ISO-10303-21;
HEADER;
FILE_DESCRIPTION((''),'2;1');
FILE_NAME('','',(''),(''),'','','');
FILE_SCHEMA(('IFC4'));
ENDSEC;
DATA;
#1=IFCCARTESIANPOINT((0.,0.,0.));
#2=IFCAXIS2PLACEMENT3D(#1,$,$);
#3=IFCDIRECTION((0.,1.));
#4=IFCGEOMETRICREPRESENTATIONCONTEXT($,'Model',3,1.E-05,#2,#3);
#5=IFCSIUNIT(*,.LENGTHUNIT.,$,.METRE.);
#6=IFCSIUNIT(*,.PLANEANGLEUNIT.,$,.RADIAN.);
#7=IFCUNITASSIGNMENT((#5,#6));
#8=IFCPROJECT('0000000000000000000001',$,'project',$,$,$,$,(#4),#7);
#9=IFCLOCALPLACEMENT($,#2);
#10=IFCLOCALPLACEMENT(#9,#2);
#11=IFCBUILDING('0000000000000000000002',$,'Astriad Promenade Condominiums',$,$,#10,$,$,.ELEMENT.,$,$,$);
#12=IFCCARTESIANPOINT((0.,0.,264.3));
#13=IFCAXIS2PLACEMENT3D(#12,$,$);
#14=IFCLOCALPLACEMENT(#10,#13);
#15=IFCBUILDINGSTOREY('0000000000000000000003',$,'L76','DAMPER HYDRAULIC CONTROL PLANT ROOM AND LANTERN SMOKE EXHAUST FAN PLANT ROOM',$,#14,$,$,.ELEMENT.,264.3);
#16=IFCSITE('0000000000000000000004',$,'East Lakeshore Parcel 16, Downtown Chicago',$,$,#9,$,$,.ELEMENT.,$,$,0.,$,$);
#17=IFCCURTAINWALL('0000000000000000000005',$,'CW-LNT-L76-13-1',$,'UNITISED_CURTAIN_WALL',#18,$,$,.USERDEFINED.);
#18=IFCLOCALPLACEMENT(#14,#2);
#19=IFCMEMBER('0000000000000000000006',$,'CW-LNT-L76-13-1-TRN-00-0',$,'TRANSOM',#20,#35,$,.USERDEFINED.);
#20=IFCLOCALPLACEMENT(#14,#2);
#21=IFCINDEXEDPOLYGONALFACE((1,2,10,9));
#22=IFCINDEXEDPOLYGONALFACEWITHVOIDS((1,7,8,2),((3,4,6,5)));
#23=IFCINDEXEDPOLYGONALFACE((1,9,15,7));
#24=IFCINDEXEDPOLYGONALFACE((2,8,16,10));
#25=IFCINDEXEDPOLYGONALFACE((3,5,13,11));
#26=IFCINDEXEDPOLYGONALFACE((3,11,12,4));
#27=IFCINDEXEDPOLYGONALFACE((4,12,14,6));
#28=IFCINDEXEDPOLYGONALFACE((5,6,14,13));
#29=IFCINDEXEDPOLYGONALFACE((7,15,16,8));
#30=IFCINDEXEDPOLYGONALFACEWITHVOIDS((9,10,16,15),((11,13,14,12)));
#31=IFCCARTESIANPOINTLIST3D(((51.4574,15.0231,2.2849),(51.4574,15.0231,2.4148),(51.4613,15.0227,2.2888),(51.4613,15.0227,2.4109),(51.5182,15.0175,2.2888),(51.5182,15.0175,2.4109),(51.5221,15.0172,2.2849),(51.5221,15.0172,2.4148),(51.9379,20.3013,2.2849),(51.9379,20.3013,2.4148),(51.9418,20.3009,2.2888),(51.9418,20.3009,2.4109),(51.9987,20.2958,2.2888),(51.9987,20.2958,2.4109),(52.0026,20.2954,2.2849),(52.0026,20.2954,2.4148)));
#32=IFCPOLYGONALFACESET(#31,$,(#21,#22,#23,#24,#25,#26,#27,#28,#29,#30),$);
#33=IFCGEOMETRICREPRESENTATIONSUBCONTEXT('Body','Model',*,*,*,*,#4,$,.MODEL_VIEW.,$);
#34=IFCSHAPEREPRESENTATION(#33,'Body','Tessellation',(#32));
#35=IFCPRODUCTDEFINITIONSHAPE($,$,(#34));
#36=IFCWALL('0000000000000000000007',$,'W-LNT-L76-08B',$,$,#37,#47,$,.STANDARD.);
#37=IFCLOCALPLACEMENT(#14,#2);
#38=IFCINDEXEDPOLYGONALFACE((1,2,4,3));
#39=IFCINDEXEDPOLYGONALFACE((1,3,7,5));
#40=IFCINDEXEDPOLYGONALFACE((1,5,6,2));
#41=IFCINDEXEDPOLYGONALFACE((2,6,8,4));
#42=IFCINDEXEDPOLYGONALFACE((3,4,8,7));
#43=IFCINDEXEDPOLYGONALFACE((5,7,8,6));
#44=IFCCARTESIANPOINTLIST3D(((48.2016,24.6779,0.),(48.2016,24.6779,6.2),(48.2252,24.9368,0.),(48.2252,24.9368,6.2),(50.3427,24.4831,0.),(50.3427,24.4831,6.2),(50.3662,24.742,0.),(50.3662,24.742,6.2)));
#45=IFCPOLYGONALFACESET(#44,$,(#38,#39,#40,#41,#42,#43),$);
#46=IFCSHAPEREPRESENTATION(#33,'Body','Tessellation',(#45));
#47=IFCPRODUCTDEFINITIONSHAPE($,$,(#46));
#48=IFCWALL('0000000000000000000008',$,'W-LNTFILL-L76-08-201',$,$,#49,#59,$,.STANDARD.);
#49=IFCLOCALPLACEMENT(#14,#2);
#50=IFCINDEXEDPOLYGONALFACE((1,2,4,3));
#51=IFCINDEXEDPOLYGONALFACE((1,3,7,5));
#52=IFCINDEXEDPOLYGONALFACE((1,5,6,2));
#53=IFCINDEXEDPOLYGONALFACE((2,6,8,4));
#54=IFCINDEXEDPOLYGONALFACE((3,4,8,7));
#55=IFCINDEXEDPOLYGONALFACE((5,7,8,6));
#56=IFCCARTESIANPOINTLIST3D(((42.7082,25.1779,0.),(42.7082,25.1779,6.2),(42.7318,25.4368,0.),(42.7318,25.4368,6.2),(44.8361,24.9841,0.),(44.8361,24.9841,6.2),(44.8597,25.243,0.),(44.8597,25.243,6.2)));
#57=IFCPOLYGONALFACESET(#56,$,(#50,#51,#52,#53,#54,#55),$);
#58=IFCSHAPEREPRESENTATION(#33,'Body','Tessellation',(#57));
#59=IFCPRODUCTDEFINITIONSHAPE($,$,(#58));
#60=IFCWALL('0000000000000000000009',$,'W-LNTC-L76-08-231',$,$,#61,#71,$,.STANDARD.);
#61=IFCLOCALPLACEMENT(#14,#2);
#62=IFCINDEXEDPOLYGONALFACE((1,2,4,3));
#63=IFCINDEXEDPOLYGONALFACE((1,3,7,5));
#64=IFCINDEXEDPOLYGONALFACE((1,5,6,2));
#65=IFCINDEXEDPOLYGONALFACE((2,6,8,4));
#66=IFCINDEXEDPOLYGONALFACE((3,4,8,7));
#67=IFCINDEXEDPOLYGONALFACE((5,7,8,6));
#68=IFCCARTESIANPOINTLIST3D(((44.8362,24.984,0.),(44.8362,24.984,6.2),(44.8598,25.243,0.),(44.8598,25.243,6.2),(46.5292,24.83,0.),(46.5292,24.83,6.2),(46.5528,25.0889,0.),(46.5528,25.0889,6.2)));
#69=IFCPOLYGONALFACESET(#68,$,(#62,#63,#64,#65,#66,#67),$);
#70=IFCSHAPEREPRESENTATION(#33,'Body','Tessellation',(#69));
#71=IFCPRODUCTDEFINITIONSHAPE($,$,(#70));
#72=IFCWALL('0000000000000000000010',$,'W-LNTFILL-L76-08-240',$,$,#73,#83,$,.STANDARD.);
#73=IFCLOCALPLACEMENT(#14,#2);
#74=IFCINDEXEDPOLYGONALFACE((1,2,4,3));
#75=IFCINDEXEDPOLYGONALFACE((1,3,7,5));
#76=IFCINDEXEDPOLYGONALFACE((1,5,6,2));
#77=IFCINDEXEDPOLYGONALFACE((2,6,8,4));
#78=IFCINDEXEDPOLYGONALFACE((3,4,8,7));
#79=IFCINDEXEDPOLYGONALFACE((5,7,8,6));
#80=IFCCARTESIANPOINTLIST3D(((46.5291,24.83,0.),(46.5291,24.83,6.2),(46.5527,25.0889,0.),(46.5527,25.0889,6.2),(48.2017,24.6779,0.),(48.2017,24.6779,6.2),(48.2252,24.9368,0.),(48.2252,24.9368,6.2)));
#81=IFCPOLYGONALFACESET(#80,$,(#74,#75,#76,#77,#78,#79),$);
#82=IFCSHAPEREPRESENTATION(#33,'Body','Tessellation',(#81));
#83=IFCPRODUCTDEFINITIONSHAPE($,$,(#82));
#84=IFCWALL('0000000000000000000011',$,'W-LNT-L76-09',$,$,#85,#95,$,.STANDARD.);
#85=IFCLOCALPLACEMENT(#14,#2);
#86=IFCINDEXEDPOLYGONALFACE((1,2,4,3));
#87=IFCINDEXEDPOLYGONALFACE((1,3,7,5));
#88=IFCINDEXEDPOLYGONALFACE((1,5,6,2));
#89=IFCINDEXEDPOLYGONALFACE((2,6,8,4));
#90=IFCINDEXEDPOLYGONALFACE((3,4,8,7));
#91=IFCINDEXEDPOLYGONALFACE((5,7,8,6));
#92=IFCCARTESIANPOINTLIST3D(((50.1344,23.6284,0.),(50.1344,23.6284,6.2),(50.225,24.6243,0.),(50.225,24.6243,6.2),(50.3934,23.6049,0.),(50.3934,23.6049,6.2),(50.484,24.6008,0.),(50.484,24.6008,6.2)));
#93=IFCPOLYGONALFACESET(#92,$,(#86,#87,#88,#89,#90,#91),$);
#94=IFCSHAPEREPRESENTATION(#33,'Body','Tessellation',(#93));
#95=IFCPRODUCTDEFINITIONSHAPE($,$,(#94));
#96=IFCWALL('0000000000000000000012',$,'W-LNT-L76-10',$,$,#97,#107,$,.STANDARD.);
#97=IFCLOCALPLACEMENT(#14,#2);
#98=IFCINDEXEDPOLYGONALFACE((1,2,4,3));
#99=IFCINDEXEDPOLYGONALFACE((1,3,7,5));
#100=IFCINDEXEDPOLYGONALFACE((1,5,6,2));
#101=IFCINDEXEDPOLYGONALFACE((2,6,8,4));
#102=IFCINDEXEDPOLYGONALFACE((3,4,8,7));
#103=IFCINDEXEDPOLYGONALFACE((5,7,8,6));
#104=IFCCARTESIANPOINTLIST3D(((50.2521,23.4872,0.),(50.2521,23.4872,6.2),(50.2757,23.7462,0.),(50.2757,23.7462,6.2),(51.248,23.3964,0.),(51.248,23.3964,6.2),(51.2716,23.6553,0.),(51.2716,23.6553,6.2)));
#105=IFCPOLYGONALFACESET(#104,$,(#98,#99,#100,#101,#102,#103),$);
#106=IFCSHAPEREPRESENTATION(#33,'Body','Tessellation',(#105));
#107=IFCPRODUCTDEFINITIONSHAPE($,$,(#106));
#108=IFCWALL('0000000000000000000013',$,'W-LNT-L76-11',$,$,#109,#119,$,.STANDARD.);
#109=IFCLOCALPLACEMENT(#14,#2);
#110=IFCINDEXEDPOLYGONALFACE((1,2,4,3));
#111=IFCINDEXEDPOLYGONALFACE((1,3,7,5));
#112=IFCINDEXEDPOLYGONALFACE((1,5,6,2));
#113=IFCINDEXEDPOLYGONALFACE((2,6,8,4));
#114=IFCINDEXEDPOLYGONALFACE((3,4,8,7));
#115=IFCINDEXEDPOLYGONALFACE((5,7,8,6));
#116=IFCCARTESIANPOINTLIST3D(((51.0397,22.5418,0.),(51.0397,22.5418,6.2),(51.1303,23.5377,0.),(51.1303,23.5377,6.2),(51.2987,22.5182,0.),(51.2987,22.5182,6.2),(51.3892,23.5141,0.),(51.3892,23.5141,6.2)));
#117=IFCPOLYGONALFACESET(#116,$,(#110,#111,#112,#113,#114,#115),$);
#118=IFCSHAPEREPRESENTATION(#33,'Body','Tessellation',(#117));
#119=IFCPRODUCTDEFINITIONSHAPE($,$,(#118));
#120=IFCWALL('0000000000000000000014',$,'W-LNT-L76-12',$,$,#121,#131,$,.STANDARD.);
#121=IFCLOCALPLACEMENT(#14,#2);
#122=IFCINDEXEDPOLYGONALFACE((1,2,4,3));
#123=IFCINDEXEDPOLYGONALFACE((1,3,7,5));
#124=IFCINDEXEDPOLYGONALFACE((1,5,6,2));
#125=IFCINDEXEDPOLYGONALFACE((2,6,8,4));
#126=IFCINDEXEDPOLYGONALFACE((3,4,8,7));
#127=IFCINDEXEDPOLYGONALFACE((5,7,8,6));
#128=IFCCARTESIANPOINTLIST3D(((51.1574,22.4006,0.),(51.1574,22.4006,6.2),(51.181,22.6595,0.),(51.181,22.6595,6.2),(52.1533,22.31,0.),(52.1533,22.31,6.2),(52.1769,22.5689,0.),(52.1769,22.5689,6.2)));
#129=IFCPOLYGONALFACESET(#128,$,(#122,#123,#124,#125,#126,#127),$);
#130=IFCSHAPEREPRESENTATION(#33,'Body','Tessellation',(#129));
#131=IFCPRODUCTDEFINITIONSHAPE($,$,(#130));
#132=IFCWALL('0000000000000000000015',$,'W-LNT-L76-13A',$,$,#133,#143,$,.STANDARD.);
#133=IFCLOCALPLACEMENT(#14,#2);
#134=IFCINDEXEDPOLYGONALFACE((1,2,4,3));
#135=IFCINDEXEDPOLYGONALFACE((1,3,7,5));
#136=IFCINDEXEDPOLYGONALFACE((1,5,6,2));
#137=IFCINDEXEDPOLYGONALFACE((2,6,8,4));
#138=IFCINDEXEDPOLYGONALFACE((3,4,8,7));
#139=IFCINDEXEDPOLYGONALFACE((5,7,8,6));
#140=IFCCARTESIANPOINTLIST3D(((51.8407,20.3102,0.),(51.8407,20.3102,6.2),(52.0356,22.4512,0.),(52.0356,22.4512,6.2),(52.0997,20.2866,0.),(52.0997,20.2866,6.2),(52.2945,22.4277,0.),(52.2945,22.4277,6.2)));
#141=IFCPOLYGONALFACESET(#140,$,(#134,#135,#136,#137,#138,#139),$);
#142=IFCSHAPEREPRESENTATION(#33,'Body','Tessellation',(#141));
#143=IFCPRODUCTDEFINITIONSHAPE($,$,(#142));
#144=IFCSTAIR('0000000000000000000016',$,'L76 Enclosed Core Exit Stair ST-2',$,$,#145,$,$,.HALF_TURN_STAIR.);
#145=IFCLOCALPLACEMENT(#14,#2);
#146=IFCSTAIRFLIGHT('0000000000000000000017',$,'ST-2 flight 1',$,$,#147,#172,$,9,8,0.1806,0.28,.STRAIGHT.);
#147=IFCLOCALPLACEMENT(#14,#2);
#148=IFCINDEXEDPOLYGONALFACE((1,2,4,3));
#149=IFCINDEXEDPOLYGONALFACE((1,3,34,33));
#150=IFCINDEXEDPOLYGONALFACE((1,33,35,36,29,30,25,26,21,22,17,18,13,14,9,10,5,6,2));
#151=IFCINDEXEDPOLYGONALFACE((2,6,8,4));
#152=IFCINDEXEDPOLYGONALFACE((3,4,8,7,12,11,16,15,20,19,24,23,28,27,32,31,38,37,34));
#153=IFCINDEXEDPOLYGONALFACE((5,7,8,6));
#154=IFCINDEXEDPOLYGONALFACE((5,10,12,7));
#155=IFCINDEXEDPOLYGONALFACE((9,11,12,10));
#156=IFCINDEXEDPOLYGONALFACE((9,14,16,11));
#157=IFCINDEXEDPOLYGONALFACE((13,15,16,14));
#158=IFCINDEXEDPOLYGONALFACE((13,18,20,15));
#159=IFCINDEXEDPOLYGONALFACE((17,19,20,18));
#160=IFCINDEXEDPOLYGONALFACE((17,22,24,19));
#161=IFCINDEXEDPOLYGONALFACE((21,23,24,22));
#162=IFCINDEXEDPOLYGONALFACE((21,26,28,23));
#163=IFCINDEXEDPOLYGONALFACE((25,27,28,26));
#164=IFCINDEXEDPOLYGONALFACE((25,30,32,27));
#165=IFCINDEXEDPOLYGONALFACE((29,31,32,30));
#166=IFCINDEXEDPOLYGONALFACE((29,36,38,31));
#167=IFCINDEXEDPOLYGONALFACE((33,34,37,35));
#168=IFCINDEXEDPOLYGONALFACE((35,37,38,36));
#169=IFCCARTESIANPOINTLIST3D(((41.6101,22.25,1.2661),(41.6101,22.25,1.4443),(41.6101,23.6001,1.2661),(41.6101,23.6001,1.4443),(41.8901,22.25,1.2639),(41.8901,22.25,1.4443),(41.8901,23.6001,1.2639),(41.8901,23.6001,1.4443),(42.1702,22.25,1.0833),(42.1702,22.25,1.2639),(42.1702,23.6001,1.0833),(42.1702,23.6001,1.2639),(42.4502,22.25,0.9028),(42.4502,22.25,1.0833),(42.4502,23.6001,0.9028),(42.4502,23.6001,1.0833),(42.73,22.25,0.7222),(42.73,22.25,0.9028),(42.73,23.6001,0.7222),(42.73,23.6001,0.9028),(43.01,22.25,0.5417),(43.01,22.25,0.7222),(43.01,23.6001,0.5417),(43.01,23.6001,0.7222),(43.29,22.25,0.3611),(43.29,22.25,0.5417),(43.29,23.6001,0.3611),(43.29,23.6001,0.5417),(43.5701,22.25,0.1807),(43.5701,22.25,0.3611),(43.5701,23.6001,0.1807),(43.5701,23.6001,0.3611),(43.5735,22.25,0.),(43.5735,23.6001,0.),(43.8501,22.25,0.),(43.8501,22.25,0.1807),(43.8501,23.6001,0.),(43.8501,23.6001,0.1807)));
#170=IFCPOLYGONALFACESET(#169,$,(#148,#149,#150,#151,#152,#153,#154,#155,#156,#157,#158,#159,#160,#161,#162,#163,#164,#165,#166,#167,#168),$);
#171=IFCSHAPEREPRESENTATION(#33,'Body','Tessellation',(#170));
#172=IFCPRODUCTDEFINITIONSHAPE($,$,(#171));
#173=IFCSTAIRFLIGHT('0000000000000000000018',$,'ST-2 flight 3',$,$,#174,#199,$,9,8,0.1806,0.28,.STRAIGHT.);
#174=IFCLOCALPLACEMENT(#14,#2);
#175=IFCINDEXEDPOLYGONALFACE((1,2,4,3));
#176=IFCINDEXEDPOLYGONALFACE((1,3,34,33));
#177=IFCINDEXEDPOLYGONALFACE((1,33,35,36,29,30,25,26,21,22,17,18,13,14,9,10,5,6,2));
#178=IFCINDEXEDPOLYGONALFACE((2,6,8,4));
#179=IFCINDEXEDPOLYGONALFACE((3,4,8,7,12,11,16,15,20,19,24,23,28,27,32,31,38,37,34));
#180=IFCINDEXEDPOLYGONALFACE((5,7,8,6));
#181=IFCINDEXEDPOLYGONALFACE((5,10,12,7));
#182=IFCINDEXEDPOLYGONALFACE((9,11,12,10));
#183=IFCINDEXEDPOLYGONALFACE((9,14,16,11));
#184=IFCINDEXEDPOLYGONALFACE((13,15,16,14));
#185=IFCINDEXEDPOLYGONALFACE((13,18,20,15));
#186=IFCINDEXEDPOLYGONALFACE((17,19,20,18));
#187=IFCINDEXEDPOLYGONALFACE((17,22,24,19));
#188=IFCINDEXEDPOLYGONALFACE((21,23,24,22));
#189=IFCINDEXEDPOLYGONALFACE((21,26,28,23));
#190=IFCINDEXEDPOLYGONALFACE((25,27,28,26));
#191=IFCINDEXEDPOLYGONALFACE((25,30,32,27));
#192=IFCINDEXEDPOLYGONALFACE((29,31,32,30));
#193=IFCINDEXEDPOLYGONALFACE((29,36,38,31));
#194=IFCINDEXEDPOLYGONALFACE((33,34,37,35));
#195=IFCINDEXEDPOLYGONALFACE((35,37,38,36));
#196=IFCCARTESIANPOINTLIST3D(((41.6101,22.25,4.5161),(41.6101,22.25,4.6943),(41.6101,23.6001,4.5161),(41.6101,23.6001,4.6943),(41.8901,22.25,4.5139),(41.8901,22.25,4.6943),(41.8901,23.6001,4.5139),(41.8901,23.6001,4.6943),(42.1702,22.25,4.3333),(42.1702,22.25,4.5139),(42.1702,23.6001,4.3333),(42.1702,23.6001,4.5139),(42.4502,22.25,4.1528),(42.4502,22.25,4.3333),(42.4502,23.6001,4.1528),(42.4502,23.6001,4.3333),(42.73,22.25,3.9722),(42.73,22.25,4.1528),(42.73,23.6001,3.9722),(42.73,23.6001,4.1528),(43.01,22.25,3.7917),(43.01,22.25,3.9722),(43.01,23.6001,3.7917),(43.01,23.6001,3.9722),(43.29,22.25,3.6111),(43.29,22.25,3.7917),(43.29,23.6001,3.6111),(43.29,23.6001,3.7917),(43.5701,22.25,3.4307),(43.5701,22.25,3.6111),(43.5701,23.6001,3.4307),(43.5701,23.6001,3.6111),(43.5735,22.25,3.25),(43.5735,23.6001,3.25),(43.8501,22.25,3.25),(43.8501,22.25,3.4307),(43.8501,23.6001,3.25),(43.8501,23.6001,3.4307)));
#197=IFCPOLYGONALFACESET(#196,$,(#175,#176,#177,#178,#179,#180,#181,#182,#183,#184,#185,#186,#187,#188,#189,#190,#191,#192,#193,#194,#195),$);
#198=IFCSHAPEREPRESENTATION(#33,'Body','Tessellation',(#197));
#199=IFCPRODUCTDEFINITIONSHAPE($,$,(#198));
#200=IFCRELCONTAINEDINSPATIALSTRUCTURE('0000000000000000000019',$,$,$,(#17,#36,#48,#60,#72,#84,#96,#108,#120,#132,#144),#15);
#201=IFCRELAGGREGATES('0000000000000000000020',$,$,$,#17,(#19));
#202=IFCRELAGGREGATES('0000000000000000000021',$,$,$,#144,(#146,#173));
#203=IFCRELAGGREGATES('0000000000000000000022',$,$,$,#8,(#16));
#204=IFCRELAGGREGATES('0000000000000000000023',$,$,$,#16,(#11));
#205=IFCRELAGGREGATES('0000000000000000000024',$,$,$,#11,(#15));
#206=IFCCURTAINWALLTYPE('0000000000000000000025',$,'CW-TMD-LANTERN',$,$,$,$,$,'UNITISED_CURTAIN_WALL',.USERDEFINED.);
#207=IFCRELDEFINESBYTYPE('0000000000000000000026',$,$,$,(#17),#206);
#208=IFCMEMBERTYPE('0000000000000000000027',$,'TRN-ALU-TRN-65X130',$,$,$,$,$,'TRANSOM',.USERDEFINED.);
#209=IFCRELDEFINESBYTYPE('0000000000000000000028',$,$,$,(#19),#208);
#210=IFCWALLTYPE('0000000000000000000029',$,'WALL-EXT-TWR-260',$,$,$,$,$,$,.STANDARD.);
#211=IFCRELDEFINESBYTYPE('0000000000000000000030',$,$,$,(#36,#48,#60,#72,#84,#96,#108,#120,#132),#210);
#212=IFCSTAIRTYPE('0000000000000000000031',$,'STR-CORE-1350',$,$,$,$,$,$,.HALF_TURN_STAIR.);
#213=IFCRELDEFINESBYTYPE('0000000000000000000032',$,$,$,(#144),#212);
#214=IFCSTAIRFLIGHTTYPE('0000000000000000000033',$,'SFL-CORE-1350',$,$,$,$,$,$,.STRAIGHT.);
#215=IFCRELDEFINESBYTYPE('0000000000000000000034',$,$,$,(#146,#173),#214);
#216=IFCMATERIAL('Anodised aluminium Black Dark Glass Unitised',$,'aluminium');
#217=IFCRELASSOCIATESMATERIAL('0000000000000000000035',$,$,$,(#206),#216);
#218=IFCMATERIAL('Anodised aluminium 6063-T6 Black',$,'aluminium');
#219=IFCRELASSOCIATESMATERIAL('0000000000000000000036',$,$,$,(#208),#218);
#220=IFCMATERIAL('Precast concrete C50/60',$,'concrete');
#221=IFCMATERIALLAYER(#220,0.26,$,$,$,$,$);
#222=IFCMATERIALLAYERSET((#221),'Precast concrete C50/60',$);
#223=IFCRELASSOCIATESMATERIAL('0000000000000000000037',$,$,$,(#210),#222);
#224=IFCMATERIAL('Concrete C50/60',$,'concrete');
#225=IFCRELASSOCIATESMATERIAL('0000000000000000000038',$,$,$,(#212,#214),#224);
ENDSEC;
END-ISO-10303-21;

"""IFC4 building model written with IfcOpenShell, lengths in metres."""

from ifc_helpers import new_model, si_unit, direction, frame, frame_2d, origin, origin_2d, place, context, subcontext, project, spatial, polyline, rectangle, hollow_rectangle, outline, extrude, source, transform, mapped, material, layer, layer_set, material_profile, profile_set, type_object, type_shapes, element, aggregate, save


model = new_model("IFC4")

# Units and contexts
model_context = context("Model", 3, precision=1e-05, world=origin(), true_north=direction((0.0, 1.0)))
body_context = subcontext(model_context, "Body", "Model", "MODEL_VIEW")
ifc_project = project(units=[si_unit("LENGTHUNIT", "METRE"), si_unit("PLANEANGLEUNIT", "RADIAN")], contexts=[model_context])

# Site, building, storey
site_placement = place(None, origin())
site = spatial("IfcSite", under=ifc_project, at=site_placement, Name="East Lakeshore Parcel 16, Downtown Chicago", CompositionType="ELEMENT", RefElevation=0.0)
building_placement = place(site_placement, origin())
building = spatial("IfcBuilding", under=site, at=building_placement, Name="Astriad Promenade Condominiums", CompositionType="ELEMENT")
storey_placement = place(building_placement, frame((0.0, 0.0, 264.3)))
storey = spatial("IfcBuildingStorey", under=building, at=storey_placement, Name="L76", Description="DAMPER HYDRAULIC CONTROL PLANT ROOM AND LANTERN SMOKE EXHAUST FAN PLANT ROOM", CompositionType="ELEMENT", Elevation=264.3)

# Curtain wall, member
ifc_material_1 = material(Name="Anodised aluminium Black Dark Glass Unitised", Category="aluminium")
curtain_wall_type = type_object("IfcCurtainWallType", Name="CW-TMD-LANTERN", ElementType="UNITISED_CURTAIN_WALL", PredefinedType="USERDEFINED", material=ifc_material_1)
curtain_wall_placement = place(storey_placement, origin())
curtain_wall = element("IfcCurtainWall", 1, at=curtain_wall_placement, inside=storey, type_object=curtain_wall_type, Name="CW-LNT-L76-13-1", ObjectType="UNITISED_CURTAIN_WALL", PredefinedType="USERDEFINED")
ifc_material_2 = material(Name="Anodised aluminium 6063-T6 Black", Category="aluminium")
ifc_material_profile_1 = material_profile(ifc_material_2, hollow_rectangle(XDim=0.0649, YDim=0.1299, WallThickness=0.0039, at=origin_2d()), Name="ALU-TRN-65X130")
ifc_profile_set_1 = profile_set([ifc_material_profile_1], Name="Anodised aluminium 6063-T6 Black")
member_type = type_object("IfcMemberType", Name="TRN-ALU-TRN-65X130", ElementType="TRANSOM", PredefinedType="USERDEFINED", material=ifc_profile_set_1)
shared_shape_1 = source(origin(), body_context, "Body", "SweptSolid", [
    extrude(hollow_rectangle(XDim=0.0649, YDim=0.1299, WallThickness=0.0039, at=origin_2d()), origin(), (0.0, 0.0, 1.0), 5.3),
])
type_shapes(member_type, [shared_shape_1])
member_placement = place(storey_placement, frame((51.9702, 20.2983, 2.3499), z_axis=(-0.090652, -0.995883, 0.0), x_axis=(0.995883, -0.090652, 0.0)))
member = element("IfcMember", 2, at=member_placement, type_object=member_type, Name="CW-LNT-L76-13-1-TRN-00-0", ObjectType="TRANSOM", PredefinedType="USERDEFINED", context=body_context, shape_type="MappedRepresentation", body=[
    mapped(shared_shape_1, transform((0.0, 0.0, 0.0), scale=1.0)),
])
aggregate(curtain_wall, [member])

# Walls
ifc_material_3 = material(Name="Precast concrete C50/60", Category="concrete")
ifc_layer = layer(ifc_material_3, 0.26)
ifc_layer_set = layer_set([ifc_layer], Name="Precast concrete C50/60")
wall_type = type_object("IfcWallType", Name="WALL-EXT-TWR-260", PredefinedType="STANDARD", material=ifc_layer_set)
wall_1_placement = place(storey_placement, frame((48.2134, 24.8074, 0.0), z_axis=(0.0, 0.0, 1.0), x_axis=(0.995886, -0.090618, 0.0)))
element("IfcWall", 3, at=wall_1_placement, inside=storey, type_object=wall_type, Name="W-LNT-L76-08B", PredefinedType="STANDARD", context=body_context, shape_type="SweptSolid", body=[
    extrude(rectangle(XDim=2.1499, YDim=0.26, at=frame_2d((1.075, 0.0))), origin(), (0.0, 0.0, 1.0), 6.2),
])
wall_2_placement = place(storey_placement, frame((42.72, 25.3074, 0.0), z_axis=(0.0, 0.0, 1.0), x_axis=(0.995876, -0.090721, 0.0)))
element("IfcWall", 4, at=wall_2_placement, inside=storey, type_object=wall_type, Name="W-LNTFILL-L76-08-201", PredefinedType="STANDARD", context=body_context, shape_type="SweptSolid", body=[
    extrude(rectangle(XDim=2.1367, YDim=0.26, at=frame_2d((1.0684, 0.0))), origin(), (0.0, 0.0, 1.0), 6.2),
])
wall_3_placement = place(storey_placement, frame((44.8479, 25.1135, 0.0), z_axis=(0.0, 0.0, 1.0), x_axis=(0.995885, -0.090626, 0.0)))
element("IfcWall", 5, at=wall_3_placement, inside=storey, type_object=wall_type, Name="W-LNTC-L76-08-231", PredefinedType="STANDARD", context=body_context, shape_type="SweptSolid", body=[
    extrude(rectangle(XDim=1.7, YDim=0.26, at=frame_2d((0.8501, 0.0))), origin(), (0.0, 0.0, 1.0), 6.2),
])
wall_4_placement = place(storey_placement, frame((46.5408, 24.9595, 0.0), z_axis=(0.0, 0.0, 1.0), x_axis=(0.995891, -0.090562, 0.0)))
element("IfcWall", 6, at=wall_4_placement, inside=storey, type_object=wall_type, Name="W-LNTFILL-L76-08-240", PredefinedType="STANDARD", context=body_context, shape_type="SweptSolid", body=[
    extrude(rectangle(XDim=1.6794, YDim=0.26, at=frame_2d((0.8398, 0.0))), origin(), (0.0, 0.0, 1.0), 6.2),
])
for number, where, z_axis, x_axis, name in (
    (7, (50.3545, 24.6125, 0.0), (0.0, 0.0, 1.0), (-0.09058, -0.995889, 0.0), "W-LNT-L76-09"),
    (8, (50.2639, 23.6167, 0.0), (0.0, 0.0, 1.0), (0.995867, -0.090822, 0.0), "W-LNT-L76-10"),
    (9, (51.2598, 23.5259, 0.0), (0.0, 0.0, 1.0), (-0.09058, -0.995889, 0.0), "W-LNT-L76-11"),
    (10, (51.1692, 22.53, 0.0), (0.0, 0.0, 1.0), (0.995889, -0.09058, 0.0), "W-LNT-L76-12"),
):
    element("IfcWall", number, at=place(storey_placement, frame(where, z_axis=z_axis, x_axis=x_axis)), inside=storey, type_object=wall_type, Name=name, PredefinedType="STANDARD", context=body_context, shape_type="SweptSolid", body=[
        extrude(rectangle(XDim=1.0, YDim=0.26, at=frame_2d((0.5, 0.0))), origin(), (0.0, 0.0, 1.0), 6.2),
    ])
wall_5_placement = place(storey_placement, frame((52.165, 22.4395, 0.0), z_axis=(0.0, 0.0, 1.0), x_axis=(-0.090618, -0.995886, 0.0)))
element("IfcWall", 11, at=wall_5_placement, inside=storey, type_object=wall_type, Name="W-LNT-L76-13A", PredefinedType="STANDARD", context=body_context, shape_type="SweptSolid", body=[
    extrude(rectangle(XDim=2.1499, YDim=0.26, at=frame_2d((1.075, 0.0))), origin(), (0.0, 0.0, 1.0), 6.2),
])

# Stair, stair flights
ifc_material_4 = material(Name="Concrete C50/60", Category="concrete")
stair_type = type_object("IfcStairType", Name="STR-CORE-1350", PredefinedType="HALF_TURN_STAIR", material=ifc_material_4)
stair_placement = place(storey_placement, origin())
stair = element("IfcStair", 12, at=stair_placement, inside=storey, type_object=stair_type, Name="L76 Enclosed Core Exit Stair ST-2", PredefinedType="HALF_TURN_STAIR")
stair_flight_type = type_object("IfcStairFlightType", Name="SFL-CORE-1350", PredefinedType="STRAIGHT", material=ifc_material_4)
shared_shape_2 = source(origin(), body_context, "Body", "SweptSolid", [
    extrude(outline(polyline([(0.0, 0.0), (0.0, 0.1807), (0.28, 0.1807), (0.28, 0.3611), (0.5601, 0.3611), (0.5601, 0.5417), (0.8401, 0.5417), (0.8401, 0.7222), (1.1201, 0.7222), (1.1201, 0.9028), (1.3999, 0.9028), (1.3999, 1.0833), (1.6799, 1.0833), (1.6799, 1.2639), (1.96, 1.2639), (1.96, 1.4443), (2.24, 1.4443), (2.24, 1.625), (2.24, 1.2661), (0.2766, 0.0), (0.0, 0.0)])), frame((0.0, 0.675, 0.0), z_axis=(0.0, -1.0, 0.0), x_axis=(1.0, 0.0, 0.0)), (0.0, 0.0, 1.0), 1.3501),
])
type_shapes(stair_flight_type, [shared_shape_2])
stair_flight_1_placement = place(storey_placement, frame((43.8501, 22.925, 0.0), z_axis=(0.0, 0.0, 1.0), x_axis=(-1.0, 0.0, 0.0)))
stair_flight_1 = element("IfcStairFlight", 13, at=stair_flight_1_placement, type_object=stair_flight_type, Name="ST-2 flight 1", NumberOfRisers=9, NumberOfTreads=8, PredefinedType="STRAIGHT", RiserHeight=0.1806, TreadLength=0.28, context=body_context, shape_type="MappedRepresentation", body=[
    mapped(shared_shape_2, transform((0.0, 0.0, 0.0), scale=1.0)),
])
stair_flight_2_placement = place(storey_placement, frame((43.8501, 22.925, 3.25), z_axis=(0.0, 0.0, 1.0), x_axis=(-1.0, 0.0, 0.0)))
stair_flight_2 = element("IfcStairFlight", 14, at=stair_flight_2_placement, type_object=stair_flight_type, Name="ST-2 flight 3", NumberOfRisers=9, NumberOfTreads=8, PredefinedType="STRAIGHT", RiserHeight=0.1806, TreadLength=0.28, context=body_context, shape_type="MappedRepresentation", body=[
    mapped(shared_shape_2, transform((0.0, 0.0, 0.0), scale=1.0)),
])
aggregate(stair, [stair_flight_1, stair_flight_2])

save(model, "model.ifc")
